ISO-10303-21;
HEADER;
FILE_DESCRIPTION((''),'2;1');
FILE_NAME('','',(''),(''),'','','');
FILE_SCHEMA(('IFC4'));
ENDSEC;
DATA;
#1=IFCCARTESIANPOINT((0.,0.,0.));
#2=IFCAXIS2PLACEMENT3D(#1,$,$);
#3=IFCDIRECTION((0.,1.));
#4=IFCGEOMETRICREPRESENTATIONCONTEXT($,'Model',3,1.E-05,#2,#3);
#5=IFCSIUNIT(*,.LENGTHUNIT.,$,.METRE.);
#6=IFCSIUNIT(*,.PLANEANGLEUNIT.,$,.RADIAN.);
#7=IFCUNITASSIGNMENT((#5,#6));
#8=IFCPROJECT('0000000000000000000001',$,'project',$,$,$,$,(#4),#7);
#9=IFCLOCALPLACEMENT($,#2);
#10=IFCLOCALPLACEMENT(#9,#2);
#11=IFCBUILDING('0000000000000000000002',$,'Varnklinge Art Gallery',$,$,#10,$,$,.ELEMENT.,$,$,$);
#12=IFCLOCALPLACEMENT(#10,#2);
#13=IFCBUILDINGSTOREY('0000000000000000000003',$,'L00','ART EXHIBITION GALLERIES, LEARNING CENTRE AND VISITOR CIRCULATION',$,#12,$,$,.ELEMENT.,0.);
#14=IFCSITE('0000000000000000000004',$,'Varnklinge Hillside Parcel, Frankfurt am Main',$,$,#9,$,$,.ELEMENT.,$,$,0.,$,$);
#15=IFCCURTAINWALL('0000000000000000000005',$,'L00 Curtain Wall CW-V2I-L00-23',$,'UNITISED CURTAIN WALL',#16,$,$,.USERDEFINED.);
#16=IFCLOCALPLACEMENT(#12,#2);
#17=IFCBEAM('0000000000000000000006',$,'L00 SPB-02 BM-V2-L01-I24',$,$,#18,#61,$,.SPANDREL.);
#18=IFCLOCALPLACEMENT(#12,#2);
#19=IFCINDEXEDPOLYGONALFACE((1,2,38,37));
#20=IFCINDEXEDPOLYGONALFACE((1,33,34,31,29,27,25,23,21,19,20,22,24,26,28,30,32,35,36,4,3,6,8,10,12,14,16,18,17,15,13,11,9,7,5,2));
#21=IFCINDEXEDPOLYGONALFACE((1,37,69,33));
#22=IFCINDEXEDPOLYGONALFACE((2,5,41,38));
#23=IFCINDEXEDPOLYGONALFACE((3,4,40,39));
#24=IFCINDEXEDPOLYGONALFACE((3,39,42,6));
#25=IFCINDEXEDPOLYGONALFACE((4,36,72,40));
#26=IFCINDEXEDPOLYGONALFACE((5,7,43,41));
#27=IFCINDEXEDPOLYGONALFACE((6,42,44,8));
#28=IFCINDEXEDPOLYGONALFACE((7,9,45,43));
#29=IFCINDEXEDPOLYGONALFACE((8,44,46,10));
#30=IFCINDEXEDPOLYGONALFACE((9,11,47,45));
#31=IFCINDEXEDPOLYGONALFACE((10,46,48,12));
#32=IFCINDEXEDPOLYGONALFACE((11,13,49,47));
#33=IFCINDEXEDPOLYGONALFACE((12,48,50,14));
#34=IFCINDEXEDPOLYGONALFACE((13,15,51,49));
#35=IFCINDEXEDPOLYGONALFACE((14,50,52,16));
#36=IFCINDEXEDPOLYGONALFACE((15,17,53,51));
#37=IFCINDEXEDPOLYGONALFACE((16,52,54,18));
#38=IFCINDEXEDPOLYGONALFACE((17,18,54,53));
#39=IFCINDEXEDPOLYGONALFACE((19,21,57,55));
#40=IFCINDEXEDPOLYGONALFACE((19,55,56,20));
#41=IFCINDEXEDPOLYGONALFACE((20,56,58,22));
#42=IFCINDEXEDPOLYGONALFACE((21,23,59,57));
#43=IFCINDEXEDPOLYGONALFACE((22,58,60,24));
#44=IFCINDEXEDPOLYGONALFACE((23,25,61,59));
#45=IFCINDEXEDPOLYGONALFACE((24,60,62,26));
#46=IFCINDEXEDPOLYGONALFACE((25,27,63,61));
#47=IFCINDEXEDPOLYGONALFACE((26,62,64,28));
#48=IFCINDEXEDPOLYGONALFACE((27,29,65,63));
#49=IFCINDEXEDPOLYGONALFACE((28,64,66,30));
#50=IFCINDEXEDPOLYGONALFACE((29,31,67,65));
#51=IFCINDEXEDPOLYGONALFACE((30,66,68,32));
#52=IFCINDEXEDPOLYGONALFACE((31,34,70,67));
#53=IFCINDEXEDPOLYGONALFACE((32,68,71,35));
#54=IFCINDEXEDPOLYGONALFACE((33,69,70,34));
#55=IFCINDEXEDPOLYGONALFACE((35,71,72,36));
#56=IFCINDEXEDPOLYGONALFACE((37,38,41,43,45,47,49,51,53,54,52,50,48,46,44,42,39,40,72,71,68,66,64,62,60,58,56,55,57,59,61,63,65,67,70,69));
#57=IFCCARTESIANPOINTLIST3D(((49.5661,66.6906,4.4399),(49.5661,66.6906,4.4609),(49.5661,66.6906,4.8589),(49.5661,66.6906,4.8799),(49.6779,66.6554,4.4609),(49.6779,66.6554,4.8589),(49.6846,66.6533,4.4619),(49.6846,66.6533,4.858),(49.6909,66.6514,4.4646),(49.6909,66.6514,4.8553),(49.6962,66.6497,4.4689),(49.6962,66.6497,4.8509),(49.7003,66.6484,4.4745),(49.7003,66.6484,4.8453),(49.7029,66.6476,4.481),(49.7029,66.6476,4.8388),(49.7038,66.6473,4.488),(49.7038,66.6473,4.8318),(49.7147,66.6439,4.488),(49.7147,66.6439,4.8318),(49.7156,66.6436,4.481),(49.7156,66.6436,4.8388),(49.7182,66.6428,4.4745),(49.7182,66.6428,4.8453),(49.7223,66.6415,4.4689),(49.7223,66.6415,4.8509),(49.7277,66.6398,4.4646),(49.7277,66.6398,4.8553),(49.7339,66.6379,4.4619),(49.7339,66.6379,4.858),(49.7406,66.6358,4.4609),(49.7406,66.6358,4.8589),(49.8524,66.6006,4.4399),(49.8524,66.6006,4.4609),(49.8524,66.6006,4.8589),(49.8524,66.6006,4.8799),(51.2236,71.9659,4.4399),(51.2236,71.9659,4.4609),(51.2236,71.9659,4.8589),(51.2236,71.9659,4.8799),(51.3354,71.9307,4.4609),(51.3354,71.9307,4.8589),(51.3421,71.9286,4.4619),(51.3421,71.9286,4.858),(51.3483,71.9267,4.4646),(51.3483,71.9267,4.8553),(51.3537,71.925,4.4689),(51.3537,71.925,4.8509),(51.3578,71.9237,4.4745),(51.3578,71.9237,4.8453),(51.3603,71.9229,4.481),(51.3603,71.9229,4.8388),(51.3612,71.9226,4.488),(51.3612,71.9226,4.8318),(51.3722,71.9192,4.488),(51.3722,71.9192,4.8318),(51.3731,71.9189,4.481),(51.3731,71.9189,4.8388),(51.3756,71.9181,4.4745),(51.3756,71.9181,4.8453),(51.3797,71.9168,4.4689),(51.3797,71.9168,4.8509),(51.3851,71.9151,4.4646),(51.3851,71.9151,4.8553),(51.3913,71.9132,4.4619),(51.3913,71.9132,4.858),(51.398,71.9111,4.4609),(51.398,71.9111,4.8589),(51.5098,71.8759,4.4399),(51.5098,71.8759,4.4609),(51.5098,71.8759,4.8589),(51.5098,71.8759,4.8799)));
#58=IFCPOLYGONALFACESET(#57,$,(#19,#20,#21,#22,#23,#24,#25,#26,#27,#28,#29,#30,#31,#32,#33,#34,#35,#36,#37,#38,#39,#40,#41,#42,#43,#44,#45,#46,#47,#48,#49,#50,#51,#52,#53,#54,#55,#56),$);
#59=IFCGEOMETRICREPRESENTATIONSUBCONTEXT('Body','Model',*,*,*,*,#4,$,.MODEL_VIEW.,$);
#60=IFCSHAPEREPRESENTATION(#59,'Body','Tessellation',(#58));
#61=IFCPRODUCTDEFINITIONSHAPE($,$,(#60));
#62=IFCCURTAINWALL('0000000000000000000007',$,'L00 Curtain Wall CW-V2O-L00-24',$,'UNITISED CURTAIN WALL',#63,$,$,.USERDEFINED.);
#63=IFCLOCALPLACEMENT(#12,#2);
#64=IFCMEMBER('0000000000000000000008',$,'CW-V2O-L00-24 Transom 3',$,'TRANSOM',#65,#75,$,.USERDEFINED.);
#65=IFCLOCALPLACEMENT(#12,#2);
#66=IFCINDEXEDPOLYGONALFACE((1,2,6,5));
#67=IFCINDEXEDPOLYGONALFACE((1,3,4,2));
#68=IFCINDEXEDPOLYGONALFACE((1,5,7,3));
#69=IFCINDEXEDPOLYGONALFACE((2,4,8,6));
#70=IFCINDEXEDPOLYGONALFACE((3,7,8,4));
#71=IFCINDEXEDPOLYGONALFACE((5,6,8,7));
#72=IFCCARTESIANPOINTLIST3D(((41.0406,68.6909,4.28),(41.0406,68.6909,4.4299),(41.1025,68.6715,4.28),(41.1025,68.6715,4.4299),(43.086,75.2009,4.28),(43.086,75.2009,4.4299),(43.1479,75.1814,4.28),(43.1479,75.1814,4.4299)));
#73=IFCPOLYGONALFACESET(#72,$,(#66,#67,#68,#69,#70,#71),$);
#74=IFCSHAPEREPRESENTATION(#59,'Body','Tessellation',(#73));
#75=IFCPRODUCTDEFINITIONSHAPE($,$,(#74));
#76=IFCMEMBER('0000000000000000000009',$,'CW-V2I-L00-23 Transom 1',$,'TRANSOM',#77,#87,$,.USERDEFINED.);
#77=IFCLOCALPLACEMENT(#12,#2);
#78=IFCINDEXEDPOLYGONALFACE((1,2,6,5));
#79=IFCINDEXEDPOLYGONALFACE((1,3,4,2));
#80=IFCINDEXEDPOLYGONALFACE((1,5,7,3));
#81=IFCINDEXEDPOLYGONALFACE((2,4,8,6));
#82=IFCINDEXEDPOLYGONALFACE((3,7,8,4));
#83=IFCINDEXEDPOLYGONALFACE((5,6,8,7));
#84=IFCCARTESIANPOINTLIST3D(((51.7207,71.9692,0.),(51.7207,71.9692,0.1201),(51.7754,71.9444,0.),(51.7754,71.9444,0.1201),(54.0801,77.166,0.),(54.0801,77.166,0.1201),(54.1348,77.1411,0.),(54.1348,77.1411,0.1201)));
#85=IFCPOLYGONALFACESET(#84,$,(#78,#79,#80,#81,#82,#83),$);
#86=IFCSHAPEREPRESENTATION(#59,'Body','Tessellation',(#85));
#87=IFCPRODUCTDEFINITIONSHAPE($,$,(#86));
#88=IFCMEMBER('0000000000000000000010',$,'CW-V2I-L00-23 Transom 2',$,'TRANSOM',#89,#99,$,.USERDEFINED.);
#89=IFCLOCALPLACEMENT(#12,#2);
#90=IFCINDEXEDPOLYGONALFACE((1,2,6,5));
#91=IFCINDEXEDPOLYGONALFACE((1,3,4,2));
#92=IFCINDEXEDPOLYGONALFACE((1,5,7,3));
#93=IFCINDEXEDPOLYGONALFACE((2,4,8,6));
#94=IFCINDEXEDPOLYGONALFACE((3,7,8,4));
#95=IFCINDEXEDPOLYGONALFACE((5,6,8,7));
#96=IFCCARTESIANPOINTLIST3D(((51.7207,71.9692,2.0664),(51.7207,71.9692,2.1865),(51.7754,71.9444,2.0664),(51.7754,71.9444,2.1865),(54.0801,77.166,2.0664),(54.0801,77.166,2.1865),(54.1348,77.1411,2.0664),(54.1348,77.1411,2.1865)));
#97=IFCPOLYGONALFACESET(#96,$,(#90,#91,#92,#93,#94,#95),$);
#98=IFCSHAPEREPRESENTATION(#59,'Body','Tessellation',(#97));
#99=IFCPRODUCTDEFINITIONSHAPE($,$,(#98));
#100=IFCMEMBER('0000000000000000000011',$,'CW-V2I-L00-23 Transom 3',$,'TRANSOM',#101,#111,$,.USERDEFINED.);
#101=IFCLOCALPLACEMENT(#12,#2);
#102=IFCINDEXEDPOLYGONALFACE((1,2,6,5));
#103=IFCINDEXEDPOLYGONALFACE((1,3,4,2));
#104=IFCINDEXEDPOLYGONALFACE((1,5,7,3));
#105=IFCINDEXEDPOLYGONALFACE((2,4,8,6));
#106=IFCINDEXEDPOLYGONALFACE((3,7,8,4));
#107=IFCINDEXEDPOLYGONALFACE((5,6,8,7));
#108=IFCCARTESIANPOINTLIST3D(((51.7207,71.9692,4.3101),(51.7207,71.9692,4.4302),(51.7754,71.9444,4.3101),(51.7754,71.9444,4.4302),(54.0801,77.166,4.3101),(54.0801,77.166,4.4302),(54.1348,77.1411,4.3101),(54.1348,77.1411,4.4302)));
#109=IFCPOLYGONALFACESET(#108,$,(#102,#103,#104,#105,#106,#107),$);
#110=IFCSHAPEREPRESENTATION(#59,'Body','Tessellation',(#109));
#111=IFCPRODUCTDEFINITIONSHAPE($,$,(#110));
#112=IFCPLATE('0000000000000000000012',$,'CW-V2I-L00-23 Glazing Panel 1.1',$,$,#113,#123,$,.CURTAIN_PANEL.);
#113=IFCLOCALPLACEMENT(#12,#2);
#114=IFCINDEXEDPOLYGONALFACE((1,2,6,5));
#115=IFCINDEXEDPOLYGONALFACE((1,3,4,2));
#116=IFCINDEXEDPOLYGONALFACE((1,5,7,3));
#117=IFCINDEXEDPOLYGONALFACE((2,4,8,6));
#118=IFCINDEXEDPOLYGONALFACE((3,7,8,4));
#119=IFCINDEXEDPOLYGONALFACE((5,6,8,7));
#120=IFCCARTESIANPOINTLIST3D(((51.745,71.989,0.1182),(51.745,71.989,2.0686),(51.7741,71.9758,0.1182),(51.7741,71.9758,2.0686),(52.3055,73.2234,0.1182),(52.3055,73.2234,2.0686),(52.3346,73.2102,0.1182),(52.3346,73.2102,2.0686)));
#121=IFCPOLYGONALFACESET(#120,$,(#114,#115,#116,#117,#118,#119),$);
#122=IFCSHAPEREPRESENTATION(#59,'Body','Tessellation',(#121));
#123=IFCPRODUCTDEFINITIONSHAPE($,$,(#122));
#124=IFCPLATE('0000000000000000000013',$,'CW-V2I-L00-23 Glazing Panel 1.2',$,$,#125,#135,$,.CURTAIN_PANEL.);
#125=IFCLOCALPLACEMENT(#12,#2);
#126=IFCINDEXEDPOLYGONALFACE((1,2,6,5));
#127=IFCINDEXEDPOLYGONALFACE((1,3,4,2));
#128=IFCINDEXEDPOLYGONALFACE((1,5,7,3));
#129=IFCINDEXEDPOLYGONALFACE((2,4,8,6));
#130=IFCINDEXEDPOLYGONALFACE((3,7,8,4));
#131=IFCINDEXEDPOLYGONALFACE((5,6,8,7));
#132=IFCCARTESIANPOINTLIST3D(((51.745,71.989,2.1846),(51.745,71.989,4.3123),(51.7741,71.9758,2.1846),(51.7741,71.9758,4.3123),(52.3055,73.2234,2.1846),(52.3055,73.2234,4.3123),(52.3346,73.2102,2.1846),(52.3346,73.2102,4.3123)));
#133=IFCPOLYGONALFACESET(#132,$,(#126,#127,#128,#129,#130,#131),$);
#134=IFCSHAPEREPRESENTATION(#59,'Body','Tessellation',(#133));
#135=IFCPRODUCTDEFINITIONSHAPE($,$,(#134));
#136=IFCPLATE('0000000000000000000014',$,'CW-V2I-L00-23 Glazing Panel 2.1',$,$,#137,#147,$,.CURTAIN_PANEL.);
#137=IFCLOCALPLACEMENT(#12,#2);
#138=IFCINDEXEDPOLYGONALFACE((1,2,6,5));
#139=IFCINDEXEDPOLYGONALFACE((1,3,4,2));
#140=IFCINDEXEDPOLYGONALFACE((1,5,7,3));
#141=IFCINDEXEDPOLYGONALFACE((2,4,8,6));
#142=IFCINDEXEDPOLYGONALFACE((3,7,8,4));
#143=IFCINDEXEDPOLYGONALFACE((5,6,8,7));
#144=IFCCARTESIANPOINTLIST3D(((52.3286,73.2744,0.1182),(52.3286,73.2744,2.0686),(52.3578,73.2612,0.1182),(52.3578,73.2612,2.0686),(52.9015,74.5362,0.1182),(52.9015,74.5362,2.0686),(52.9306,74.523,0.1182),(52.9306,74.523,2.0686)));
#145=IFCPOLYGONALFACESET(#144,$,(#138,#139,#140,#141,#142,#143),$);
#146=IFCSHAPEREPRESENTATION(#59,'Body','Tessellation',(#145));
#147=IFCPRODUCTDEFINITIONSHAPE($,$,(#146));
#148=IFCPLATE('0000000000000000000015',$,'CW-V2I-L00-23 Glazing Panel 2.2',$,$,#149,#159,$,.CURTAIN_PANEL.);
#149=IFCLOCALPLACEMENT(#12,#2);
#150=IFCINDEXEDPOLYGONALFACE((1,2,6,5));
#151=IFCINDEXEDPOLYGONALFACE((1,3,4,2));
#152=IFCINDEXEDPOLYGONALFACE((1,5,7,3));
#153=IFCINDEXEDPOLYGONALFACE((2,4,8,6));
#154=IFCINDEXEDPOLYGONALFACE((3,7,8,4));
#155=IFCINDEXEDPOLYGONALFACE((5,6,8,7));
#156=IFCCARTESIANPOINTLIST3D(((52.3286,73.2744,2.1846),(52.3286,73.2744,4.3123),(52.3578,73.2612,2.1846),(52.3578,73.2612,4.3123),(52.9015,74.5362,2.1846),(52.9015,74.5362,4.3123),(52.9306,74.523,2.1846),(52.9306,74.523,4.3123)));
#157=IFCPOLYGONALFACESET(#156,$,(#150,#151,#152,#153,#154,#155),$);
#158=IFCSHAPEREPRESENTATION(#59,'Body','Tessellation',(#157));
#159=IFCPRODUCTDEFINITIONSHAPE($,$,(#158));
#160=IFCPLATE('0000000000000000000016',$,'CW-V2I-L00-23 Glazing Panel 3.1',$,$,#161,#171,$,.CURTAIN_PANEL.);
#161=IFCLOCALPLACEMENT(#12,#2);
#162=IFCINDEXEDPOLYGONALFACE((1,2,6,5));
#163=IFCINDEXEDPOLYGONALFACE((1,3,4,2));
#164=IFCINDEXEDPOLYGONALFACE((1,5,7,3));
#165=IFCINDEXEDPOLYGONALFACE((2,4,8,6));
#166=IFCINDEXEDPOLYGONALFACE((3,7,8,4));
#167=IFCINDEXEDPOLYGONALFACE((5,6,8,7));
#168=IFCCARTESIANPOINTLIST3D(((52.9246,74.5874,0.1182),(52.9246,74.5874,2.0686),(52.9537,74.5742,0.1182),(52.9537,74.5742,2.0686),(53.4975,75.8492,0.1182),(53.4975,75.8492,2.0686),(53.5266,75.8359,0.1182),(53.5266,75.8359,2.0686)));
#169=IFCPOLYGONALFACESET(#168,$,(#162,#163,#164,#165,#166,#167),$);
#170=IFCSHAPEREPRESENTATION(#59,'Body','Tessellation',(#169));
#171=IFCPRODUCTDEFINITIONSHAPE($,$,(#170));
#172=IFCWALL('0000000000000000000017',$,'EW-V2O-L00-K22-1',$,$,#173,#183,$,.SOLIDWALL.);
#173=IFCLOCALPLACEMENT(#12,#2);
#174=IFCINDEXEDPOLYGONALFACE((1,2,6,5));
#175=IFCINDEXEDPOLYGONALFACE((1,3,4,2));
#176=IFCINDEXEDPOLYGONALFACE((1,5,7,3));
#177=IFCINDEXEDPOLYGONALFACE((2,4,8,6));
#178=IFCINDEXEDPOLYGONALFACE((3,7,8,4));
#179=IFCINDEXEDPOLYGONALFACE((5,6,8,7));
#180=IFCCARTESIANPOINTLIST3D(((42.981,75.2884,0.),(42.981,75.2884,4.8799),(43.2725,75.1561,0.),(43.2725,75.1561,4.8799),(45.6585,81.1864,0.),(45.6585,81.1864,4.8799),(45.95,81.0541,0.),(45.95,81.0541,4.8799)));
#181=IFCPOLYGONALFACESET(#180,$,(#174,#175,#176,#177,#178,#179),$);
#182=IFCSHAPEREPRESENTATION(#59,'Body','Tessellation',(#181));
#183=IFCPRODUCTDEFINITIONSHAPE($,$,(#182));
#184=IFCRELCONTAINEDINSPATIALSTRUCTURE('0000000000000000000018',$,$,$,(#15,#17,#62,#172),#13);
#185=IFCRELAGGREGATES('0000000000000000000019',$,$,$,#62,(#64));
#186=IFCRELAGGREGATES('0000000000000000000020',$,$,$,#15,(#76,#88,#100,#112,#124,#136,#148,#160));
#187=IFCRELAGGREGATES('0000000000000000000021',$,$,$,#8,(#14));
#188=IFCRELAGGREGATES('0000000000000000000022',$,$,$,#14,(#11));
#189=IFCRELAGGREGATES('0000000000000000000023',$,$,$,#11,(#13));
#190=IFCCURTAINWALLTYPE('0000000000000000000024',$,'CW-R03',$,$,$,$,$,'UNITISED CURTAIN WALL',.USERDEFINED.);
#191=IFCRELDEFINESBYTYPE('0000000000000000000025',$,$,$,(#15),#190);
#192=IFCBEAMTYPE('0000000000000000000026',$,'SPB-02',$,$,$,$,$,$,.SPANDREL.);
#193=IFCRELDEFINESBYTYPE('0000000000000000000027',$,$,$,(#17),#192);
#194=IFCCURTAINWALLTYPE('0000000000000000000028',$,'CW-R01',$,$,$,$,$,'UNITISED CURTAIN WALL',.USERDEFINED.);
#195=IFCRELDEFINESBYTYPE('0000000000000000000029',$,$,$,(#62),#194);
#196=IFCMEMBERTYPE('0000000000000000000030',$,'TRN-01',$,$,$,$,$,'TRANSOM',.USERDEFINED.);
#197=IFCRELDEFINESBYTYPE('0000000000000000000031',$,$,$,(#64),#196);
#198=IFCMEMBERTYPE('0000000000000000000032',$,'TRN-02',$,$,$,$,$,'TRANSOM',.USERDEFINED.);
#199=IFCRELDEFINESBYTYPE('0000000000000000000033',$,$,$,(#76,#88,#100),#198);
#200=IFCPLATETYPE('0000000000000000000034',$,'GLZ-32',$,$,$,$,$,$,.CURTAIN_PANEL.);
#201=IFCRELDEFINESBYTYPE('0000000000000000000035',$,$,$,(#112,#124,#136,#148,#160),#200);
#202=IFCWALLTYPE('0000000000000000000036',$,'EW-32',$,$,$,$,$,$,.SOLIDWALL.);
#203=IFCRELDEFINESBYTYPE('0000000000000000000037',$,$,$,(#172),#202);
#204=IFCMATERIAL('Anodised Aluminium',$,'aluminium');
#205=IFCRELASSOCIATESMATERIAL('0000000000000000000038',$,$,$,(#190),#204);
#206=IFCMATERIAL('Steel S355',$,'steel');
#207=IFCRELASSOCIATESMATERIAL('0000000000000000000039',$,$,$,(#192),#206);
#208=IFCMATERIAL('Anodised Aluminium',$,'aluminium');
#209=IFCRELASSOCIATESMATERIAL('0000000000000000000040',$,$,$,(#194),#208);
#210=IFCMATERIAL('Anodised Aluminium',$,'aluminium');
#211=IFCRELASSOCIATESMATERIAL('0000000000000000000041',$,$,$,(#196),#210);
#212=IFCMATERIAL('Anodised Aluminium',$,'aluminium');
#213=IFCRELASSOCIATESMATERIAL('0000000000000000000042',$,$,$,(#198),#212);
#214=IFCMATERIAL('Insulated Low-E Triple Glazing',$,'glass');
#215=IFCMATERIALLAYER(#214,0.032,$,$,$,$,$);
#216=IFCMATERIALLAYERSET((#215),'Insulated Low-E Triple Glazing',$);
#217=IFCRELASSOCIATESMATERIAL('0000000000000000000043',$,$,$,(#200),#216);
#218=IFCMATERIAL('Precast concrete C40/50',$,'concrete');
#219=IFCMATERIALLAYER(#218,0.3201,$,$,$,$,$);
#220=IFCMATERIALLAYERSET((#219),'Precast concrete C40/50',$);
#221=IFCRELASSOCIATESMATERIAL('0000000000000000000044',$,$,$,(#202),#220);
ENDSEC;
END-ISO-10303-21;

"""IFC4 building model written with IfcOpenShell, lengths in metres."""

from ifc_helpers import new_model, si_unit, direction, frame, frame_2d, origin, origin_2d, place, context, subcontext, project, spatial, rectangle, i_section, extrude, material, layer, layer_set, material_profile, profile_set, type_object, element, aggregate, save


model = new_model("IFC4")

# Units and contexts
model_context = context("Model", 3, precision=1e-05, world=origin(), true_north=direction((0.0, 1.0)))
body_context = subcontext(model_context, "Body", "Model", "MODEL_VIEW")
ifc_project = project(units=[si_unit("LENGTHUNIT", "METRE"), si_unit("PLANEANGLEUNIT", "RADIAN")], contexts=[model_context])

# Site, building, storey
site_placement = place(None, origin())
site = spatial("IfcSite", under=ifc_project, at=site_placement, Name="Varnklinge Hillside Parcel, Frankfurt am Main", CompositionType="ELEMENT", RefElevation=0.0)
building_placement = place(site_placement, origin())
building = spatial("IfcBuilding", under=site, at=building_placement, Name="Varnklinge Art Gallery", CompositionType="ELEMENT")
storey_placement = place(building_placement, origin())
storey = spatial("IfcBuildingStorey", under=building, at=storey_placement, Name="L00", Description="ART EXHIBITION GALLERIES, LEARNING CENTRE AND VISITOR CIRCULATION", CompositionType="ELEMENT", Elevation=0.0)

# Curtain wall
ifc_material_1 = material(Name="Anodised Aluminium", Category="aluminium")
curtain_wall_type_1 = type_object("IfcCurtainWallType", Name="CW-R03", ElementType="UNITISED CURTAIN WALL", PredefinedType="USERDEFINED", material=ifc_material_1)
curtain_wall_1_placement = place(storey_placement, origin())
curtain_wall_1 = element("IfcCurtainWall", 1, at=curtain_wall_1_placement, inside=storey, type_object=curtain_wall_type_1, Name="L00 Curtain Wall CW-V2I-L00-23", ObjectType="UNITISED CURTAIN WALL", PredefinedType="USERDEFINED")

# Beam
ifc_material_2 = material(Name="Steel S355", Category="steel")
ifc_material_profile_1 = material_profile(ifc_material_2, i_section(OverallWidth=0.3, OverallDepth=0.4399, WebThickness=0.0115, FlangeThickness=0.021, FilletRadius=0.0271, at=origin_2d()), Name="HEA 450")
ifc_profile_set_1 = profile_set([ifc_material_profile_1], Name="Steel S355")
beam_type_1 = type_object("IfcBeamType", Name="SPB-02", PredefinedType="SPANDREL", material=ifc_profile_set_1)
beam_1_placement = place(storey_placement, frame((51.3667, 71.9209, 4.6599), z_axis=(-0.299743, -0.95402, 0.0), x_axis=(0.95402, -0.299743, 0.0)))
element("IfcBeam", 2, at=beam_1_placement, inside=storey, type_object=beam_type_1, Name="L00 SPB-02 BM-V2-L01-I24", PredefinedType="SPANDREL", context=body_context, shape_type="SweptSolid", body=[
    extrude(i_section(OverallWidth=0.3, OverallDepth=0.4399, WebThickness=0.0115, FlangeThickness=0.021, FilletRadius=0.0271, at=origin_2d()), origin(), (0.0, 0.0, 1.0), 5.5295),
])

# Curtain wall, member
ifc_material_3 = material(Name="Anodised Aluminium", Category="aluminium")
curtain_wall_type_2 = type_object("IfcCurtainWallType", Name="CW-R01", ElementType="UNITISED CURTAIN WALL", PredefinedType="USERDEFINED", material=ifc_material_3)
curtain_wall_2_placement = place(storey_placement, origin())
curtain_wall_2 = element("IfcCurtainWall", 3, at=curtain_wall_2_placement, inside=storey, type_object=curtain_wall_type_2, Name="L00 Curtain Wall CW-V2O-L00-24", ObjectType="UNITISED CURTAIN WALL", PredefinedType="USERDEFINED")
ifc_material_4 = material(Name="Anodised Aluminium", Category="aluminium")
ifc_material_profile_2 = material_profile(ifc_material_4, rectangle(XDim=0.0649, YDim=0.1499, at=origin_2d()), Name="ALU 65x150")
ifc_profile_set_2 = profile_set([ifc_material_profile_2], Name="Anodised Aluminium")
member_type_1 = type_object("IfcMemberType", Name="TRN-01", ElementType="TRANSOM", PredefinedType="USERDEFINED", material=ifc_profile_set_2)
member_1_placement = place(storey_placement, frame((43.1169, 75.1912, 4.355), z_axis=(-0.299748, -0.954019, 0.0), x_axis=(0.954019, -0.299748, 0.0)))
member_1 = element("IfcMember", 4, at=member_1_placement, type_object=member_type_1, Name="CW-V2O-L00-24 Transom 3", ObjectType="TRANSOM", PredefinedType="USERDEFINED", context=body_context, shape_type="SweptSolid", body=[
    extrude(rectangle(XDim=0.0649, YDim=0.1499, at=origin_2d()), origin(), (0.0, 0.0, 1.0), 6.8237),
])
aggregate(curtain_wall_2, [member_1])

# Members
ifc_material_5 = material(Name="Anodised Aluminium", Category="aluminium")
ifc_material_profile_3 = material_profile(ifc_material_5, rectangle(XDim=0.0601, YDim=0.1201, at=origin_2d()), Name="ALU 60x120")
ifc_profile_set_3 = profile_set([ifc_material_profile_3], Name="Anodised Aluminium")
member_type_2 = type_object("IfcMemberType", Name="TRN-02", ElementType="TRANSOM", PredefinedType="USERDEFINED", material=ifc_profile_set_3)
member_2_placement = place(storey_placement, frame((51.748, 71.9568, 0.0601), z_axis=(0.413397, 0.910551, 0.0), x_axis=(-0.910551, 0.413397, 0.0)))
member_2 = element("IfcMember", 5, at=member_2_placement, type_object=member_type_2, Name="CW-V2I-L00-23 Transom 1", ObjectType="TRANSOM", PredefinedType="USERDEFINED", context=body_context, shape_type="SweptSolid", body=[
    extrude(rectangle(XDim=0.0601, YDim=0.1201, at=origin_2d()), origin(), (0.0, 0.0, 1.0), 5.7073),
])
member_3_placement = place(storey_placement, frame((51.748, 71.9568, 2.1265), z_axis=(0.413397, 0.910551, 0.0), x_axis=(-0.910551, 0.413397, 0.0)))
member_3 = element("IfcMember", 6, at=member_3_placement, type_object=member_type_2, Name="CW-V2I-L00-23 Transom 2", ObjectType="TRANSOM", PredefinedType="USERDEFINED", context=body_context, shape_type="SweptSolid", body=[
    extrude(rectangle(XDim=0.0601, YDim=0.1201, at=origin_2d()), origin(), (0.0, 0.0, 1.0), 5.7073),
])
member_4_placement = place(storey_placement, frame((51.748, 71.9568, 4.3701), z_axis=(0.413397, 0.910551, 0.0), x_axis=(-0.910551, 0.413397, 0.0)))
member_4 = element("IfcMember", 7, at=member_4_placement, type_object=member_type_2, Name="CW-V2I-L00-23 Transom 3", ObjectType="TRANSOM", PredefinedType="USERDEFINED", context=body_context, shape_type="SweptSolid", body=[
    extrude(rectangle(XDim=0.0601, YDim=0.1201, at=origin_2d()), origin(), (0.0, 0.0, 1.0), 5.7073),
])

# Plates
ifc_material_6 = material(Name="Insulated Low-E Triple Glazing", Category="glass")
ifc_layer_1 = layer(ifc_material_6, 0.032)
ifc_layer_set_1 = layer_set([ifc_layer_1], Name="Insulated Low-E Triple Glazing")
plate_type = type_object("IfcPlateType", Name="GLZ-32", PredefinedType="CURTAIN_PANEL", material=ifc_layer_set_1)
plate_1_placement = place(storey_placement, frame((52.0398, 72.5996, 0.1182), z_axis=(0.0, 0.0, 1.0), x_axis=(0.413422, 0.910539, 0.0)))
plate_1 = element("IfcPlate", 8, at=plate_1_placement, type_object=plate_type, Name="CW-V2I-L00-23 Glazing Panel 1.1", PredefinedType="CURTAIN_PANEL", context=body_context, shape_type="SweptSolid", body=[
    extrude(rectangle(XDim=1.3557, YDim=0.032, at=origin_2d()), origin(), (0.0, 0.0, 1.0), 1.9504),
])
plate_2_placement = place(storey_placement, frame((52.0398, 72.5996, 2.1846), z_axis=(0.0, 0.0, 1.0), x_axis=(0.413422, 0.910539, 0.0)))
plate_2 = element("IfcPlate", 9, at=plate_2_placement, type_object=plate_type, Name="CW-V2I-L00-23 Glazing Panel 1.2", PredefinedType="CURTAIN_PANEL", context=body_context, shape_type="SweptSolid", body=[
    extrude(rectangle(XDim=1.3557, YDim=0.032, at=origin_2d()), origin(), (0.0, 0.0, 1.0), 2.1277),
])
plate_3_placement = place(storey_placement, frame((52.6296, 73.8987, 0.1182), z_axis=(0.0, 0.0, 1.0), x_axis=(0.413422, 0.910539, 0.0)))
plate_3 = element("IfcPlate", 10, at=plate_3_placement, type_object=plate_type, Name="CW-V2I-L00-23 Glazing Panel 2.1", PredefinedType="CURTAIN_PANEL", context=body_context, shape_type="SweptSolid", body=[
    extrude(rectangle(XDim=1.3857, YDim=0.032, at=origin_2d()), origin(), (0.0, 0.0, 1.0), 1.9504),
])
plate_4_placement = place(storey_placement, frame((52.6296, 73.8987, 2.1846), z_axis=(0.0, 0.0, 1.0), x_axis=(0.413422, 0.910539, 0.0)))
plate_4 = element("IfcPlate", 11, at=plate_4_placement, type_object=plate_type, Name="CW-V2I-L00-23 Glazing Panel 2.2", PredefinedType="CURTAIN_PANEL", context=body_context, shape_type="SweptSolid", body=[
    extrude(rectangle(XDim=1.3857, YDim=0.032, at=origin_2d()), origin(), (0.0, 0.0, 1.0), 2.1277),
])
plate_5_placement = place(storey_placement, frame((53.2256, 75.2117, 0.1182), z_axis=(0.0, 0.0, 1.0), x_axis=(0.413422, 0.910539, 0.0)))
plate_5 = element("IfcPlate", 12, at=plate_5_placement, type_object=plate_type, Name="CW-V2I-L00-23 Glazing Panel 3.1", PredefinedType="CURTAIN_PANEL", context=body_context, shape_type="SweptSolid", body=[
    extrude(rectangle(XDim=1.3857, YDim=0.032, at=origin_2d()), origin(), (0.0, 0.0, 1.0), 1.9504),
])
aggregate(curtain_wall_1, [member_2, member_3, member_4, plate_1, plate_2, plate_3, plate_4, plate_5])

# Wall
ifc_material_7 = material(Name="Precast concrete C40/50", Category="concrete")
ifc_layer_2 = layer(ifc_material_7, 0.3201)
ifc_layer_set_2 = layer_set([ifc_layer_2], Name="Precast concrete C40/50")
wall_type_1 = type_object("IfcWallType", Name="EW-32", PredefinedType="SOLIDWALL", material=ifc_layer_set_2)
wall_1_placement = place(storey_placement, frame((43.1267, 75.2222, 0.0), z_axis=(0.0, 0.0, 1.0), x_axis=(0.413368, 0.910564, 0.0)))
element("IfcWall", 13, at=wall_1_placement, inside=storey, type_object=wall_type_1, Name="EW-V2O-L00-K22-1", PredefinedType="SOLIDWALL", context=body_context, shape_type="SweptSolid", body=[
    extrude(rectangle(XDim=6.4773, YDim=0.3201, at=frame_2d((3.2388, 0.0))), origin(), (0.0, 0.0, 1.0), 4.8799),
])

save(model, "model.ifc")
